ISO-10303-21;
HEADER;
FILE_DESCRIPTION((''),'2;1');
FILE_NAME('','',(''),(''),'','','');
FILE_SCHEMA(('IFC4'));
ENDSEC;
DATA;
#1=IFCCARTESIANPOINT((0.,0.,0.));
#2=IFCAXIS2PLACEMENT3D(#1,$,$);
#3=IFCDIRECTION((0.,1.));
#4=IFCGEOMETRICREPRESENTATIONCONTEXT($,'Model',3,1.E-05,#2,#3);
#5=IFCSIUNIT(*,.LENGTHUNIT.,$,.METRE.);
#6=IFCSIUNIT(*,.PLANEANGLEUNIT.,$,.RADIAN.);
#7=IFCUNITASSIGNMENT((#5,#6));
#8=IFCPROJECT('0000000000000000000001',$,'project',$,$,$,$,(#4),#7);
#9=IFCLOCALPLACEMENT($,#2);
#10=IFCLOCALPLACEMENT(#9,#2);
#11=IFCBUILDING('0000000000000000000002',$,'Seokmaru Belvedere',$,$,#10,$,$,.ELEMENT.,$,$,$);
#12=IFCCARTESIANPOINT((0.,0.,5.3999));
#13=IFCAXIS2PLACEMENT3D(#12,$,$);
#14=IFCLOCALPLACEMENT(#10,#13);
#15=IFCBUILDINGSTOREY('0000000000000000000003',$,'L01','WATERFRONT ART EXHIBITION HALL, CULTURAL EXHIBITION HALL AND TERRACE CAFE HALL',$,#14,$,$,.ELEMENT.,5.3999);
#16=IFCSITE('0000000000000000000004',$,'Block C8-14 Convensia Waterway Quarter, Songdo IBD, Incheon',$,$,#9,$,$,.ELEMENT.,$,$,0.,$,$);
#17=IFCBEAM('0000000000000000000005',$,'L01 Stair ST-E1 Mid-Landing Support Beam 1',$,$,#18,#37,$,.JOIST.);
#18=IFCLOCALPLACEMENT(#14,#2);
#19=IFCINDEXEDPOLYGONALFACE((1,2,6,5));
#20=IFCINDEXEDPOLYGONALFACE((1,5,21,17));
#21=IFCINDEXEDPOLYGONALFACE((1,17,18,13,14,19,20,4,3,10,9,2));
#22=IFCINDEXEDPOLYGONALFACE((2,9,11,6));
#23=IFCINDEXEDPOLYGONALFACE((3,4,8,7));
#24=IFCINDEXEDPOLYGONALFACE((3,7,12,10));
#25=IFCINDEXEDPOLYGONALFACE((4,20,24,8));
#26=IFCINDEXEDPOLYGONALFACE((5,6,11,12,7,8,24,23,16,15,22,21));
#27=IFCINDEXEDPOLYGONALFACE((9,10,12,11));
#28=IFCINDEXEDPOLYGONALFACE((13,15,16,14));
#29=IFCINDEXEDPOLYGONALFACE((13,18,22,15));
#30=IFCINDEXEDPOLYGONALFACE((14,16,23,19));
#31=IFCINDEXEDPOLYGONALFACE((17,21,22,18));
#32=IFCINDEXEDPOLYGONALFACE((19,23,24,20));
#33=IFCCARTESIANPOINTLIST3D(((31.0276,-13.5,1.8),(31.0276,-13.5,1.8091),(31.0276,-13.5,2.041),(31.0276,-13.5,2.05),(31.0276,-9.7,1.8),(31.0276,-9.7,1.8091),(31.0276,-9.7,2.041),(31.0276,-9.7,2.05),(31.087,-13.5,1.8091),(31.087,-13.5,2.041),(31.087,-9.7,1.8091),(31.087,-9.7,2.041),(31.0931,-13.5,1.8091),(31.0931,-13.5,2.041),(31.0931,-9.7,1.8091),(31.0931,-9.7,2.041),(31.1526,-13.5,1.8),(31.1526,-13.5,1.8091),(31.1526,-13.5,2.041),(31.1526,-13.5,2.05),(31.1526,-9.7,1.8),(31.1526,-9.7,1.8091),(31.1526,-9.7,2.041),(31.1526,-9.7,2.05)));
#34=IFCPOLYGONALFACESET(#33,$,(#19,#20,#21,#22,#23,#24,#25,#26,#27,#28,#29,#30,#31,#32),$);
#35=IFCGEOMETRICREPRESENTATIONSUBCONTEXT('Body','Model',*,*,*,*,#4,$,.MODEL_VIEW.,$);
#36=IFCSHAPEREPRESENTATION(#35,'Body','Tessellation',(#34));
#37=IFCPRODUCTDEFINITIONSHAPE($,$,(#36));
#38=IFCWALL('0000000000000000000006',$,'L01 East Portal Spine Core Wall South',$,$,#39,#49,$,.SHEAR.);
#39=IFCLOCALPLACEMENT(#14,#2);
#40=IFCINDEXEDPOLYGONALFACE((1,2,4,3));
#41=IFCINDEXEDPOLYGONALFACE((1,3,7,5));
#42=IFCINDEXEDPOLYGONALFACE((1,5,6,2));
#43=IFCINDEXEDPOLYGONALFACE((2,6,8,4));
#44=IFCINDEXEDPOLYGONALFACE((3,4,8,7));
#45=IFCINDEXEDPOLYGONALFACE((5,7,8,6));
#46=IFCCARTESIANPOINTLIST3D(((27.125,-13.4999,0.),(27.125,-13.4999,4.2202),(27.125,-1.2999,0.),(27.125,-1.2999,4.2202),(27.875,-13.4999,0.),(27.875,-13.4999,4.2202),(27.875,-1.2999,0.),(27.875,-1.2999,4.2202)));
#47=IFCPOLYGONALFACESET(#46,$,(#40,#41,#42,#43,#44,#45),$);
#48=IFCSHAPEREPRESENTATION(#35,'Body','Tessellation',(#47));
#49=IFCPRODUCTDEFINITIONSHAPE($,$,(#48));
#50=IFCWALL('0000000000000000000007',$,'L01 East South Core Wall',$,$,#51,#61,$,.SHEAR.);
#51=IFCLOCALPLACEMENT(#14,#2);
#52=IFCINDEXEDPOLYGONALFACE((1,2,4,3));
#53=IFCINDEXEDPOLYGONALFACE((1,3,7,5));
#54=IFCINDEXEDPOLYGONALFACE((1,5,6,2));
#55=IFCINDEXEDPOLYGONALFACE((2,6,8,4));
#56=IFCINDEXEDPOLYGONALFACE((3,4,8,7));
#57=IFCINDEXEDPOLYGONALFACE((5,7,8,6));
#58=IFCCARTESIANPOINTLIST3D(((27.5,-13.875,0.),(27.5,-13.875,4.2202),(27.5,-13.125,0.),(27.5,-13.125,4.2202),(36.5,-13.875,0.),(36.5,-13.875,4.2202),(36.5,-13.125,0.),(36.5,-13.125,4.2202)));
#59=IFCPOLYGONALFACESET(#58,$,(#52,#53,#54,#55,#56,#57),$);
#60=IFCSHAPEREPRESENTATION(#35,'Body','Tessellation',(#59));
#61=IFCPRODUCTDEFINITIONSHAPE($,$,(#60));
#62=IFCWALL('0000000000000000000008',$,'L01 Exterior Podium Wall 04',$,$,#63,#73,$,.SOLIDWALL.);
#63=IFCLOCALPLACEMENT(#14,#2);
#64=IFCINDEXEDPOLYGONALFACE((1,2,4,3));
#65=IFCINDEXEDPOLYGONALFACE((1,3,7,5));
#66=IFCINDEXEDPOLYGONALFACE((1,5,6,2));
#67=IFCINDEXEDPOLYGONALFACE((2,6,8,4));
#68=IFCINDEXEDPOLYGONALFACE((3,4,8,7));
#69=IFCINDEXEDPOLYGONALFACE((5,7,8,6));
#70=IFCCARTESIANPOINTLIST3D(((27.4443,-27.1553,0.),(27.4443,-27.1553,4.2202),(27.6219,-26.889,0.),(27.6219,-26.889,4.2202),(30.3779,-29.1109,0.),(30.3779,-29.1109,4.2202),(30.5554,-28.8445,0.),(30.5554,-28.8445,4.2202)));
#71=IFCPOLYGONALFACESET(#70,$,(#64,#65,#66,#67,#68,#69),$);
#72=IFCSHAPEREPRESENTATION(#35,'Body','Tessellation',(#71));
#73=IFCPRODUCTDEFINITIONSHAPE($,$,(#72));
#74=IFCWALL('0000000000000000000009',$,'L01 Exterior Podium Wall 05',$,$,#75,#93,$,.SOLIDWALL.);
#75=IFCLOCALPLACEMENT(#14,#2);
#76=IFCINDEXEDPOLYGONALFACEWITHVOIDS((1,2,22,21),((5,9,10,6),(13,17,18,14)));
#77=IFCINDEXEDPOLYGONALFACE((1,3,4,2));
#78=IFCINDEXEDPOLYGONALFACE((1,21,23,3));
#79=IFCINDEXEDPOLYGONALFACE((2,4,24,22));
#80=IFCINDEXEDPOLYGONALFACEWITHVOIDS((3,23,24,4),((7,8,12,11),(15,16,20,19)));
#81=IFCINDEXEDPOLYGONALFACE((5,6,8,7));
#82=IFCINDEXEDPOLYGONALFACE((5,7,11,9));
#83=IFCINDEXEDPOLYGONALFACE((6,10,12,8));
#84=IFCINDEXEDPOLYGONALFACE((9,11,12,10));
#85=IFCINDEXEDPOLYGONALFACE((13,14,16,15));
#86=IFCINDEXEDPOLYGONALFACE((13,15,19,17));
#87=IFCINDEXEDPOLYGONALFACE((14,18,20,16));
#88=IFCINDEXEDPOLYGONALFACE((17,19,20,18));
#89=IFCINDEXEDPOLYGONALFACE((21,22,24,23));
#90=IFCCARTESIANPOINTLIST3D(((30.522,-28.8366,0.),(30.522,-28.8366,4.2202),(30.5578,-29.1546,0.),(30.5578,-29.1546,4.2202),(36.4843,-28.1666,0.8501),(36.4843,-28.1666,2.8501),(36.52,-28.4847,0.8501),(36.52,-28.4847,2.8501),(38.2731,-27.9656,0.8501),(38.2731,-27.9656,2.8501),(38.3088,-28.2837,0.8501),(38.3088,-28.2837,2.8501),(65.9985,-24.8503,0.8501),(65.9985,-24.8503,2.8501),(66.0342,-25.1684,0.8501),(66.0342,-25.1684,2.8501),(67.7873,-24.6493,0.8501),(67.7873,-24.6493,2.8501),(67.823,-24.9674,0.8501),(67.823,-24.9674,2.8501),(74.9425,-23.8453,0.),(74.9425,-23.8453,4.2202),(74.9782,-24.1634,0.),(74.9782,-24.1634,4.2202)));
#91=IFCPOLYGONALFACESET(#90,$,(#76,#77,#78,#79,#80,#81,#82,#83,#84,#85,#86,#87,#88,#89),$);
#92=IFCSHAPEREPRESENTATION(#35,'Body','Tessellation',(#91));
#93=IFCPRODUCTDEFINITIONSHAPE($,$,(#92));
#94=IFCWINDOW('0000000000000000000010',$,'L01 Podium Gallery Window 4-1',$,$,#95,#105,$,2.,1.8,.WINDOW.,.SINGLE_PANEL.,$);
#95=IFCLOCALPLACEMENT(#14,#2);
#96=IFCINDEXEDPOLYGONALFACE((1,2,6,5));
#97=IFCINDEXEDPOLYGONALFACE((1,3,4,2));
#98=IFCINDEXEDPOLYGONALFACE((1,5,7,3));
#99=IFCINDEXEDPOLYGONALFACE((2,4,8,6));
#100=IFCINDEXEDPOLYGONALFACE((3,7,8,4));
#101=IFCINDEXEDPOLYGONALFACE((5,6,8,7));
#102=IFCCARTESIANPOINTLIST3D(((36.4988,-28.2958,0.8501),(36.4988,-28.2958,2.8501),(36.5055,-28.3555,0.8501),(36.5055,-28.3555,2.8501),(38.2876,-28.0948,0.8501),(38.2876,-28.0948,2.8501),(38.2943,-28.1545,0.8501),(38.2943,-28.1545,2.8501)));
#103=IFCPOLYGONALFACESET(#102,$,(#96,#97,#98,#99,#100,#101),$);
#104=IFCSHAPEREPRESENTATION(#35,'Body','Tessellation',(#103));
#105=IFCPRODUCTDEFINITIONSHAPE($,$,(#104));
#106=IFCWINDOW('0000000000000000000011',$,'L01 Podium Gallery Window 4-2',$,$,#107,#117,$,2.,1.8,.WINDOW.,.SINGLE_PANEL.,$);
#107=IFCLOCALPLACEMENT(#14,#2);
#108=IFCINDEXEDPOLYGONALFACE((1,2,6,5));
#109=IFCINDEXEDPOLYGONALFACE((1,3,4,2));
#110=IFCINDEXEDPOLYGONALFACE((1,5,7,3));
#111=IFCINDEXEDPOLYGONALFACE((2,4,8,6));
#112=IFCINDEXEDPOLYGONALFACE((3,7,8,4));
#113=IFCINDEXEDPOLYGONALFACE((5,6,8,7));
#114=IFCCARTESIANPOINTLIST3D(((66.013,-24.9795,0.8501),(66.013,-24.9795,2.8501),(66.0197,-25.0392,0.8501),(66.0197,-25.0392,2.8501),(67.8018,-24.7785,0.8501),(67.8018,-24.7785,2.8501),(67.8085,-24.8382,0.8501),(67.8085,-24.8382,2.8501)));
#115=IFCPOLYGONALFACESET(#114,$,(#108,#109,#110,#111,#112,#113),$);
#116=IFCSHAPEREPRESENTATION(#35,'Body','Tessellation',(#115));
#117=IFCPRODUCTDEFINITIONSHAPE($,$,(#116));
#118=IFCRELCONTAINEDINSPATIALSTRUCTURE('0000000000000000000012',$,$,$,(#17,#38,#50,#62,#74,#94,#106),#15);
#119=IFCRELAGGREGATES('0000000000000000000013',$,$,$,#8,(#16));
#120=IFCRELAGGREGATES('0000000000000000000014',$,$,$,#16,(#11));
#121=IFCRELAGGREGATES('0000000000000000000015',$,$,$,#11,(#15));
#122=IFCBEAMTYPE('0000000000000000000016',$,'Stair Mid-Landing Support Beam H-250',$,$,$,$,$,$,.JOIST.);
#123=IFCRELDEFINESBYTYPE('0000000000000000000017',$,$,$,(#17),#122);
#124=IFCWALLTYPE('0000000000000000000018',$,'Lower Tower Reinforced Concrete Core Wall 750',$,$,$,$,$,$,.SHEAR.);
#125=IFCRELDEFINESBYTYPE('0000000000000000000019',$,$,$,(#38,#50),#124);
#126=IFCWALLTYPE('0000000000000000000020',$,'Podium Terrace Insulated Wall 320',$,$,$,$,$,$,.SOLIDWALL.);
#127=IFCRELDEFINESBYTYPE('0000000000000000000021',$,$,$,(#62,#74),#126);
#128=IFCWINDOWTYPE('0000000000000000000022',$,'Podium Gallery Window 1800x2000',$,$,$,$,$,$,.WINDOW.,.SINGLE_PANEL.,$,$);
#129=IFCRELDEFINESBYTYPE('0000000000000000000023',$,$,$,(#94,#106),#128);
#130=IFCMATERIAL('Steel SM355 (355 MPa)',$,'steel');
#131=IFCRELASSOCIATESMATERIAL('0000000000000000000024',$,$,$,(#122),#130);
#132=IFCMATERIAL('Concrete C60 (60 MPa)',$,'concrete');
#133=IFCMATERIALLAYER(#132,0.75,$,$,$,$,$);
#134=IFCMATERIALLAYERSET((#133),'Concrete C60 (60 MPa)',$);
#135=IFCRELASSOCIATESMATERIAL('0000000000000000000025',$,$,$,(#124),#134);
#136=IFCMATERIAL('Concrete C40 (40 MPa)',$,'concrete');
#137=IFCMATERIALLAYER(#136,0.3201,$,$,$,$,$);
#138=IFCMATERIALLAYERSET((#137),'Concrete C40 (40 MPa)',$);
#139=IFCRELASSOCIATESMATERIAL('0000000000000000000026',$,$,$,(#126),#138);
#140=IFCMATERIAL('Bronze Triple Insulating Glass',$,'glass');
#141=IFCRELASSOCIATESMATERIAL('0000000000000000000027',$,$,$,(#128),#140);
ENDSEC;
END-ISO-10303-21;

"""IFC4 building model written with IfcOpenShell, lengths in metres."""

from ifc_helpers import new_model, si_unit, direction, frame, frame_2d, origin, origin_2d, place, context, subcontext, project, spatial, rectangle, i_section, extrude, source, transform, mapped, material, layer, layer_set, material_profile, profile_set, type_object, type_shapes, element, fill, save


model = new_model("IFC4")

# Units and contexts
model_context = context("Model", 3, precision=1e-05, world=origin(), true_north=direction((0.0, 1.0)))
body_context = subcontext(model_context, "Body", "Model", "MODEL_VIEW")
ifc_project = project(units=[si_unit("LENGTHUNIT", "METRE"), si_unit("PLANEANGLEUNIT", "RADIAN")], contexts=[model_context])

# Site, building, storey
site_placement = place(None, origin())
site = spatial("IfcSite", under=ifc_project, at=site_placement, Name="Block C8-14 Convensia Waterway Quarter, Songdo IBD, Incheon", CompositionType="ELEMENT", RefElevation=0.0)
building_placement = place(site_placement, origin())
building = spatial("IfcBuilding", under=site, at=building_placement, Name="Seokmaru Belvedere", CompositionType="ELEMENT")
storey_placement = place(building_placement, frame((0.0, 0.0, 5.3999)))
storey = spatial("IfcBuildingStorey", under=building, at=storey_placement, Name="L01", Description="WATERFRONT ART EXHIBITION HALL, CULTURAL EXHIBITION HALL AND TERRACE CAFE HALL", CompositionType="ELEMENT", Elevation=5.3999)

# Shared definitions
ifc_material_1 = material(Name="Steel SM355 (355 MPa)", Category="steel")

# Beam
ifc_material_profile_1 = material_profile(ifc_material_1, i_section(OverallWidth=0.125, OverallDepth=0.25, WebThickness=0.0061, FlangeThickness=0.009, at=origin_2d()), Name="H-250x125x6x9")
ifc_profile_set_1 = profile_set([ifc_material_profile_1], Name="Steel SM355 (355 MPa)")
beam_type_1 = type_object("IfcBeamType", Name="Stair Mid-Landing Support Beam H-250", PredefinedType="JOIST", material=ifc_profile_set_1)
shared_shape_1 = source(origin(), body_context, "Body", "SweptSolid", [
    extrude(i_section(OverallWidth=0.125, OverallDepth=0.25, WebThickness=0.0061, FlangeThickness=0.009, at=origin_2d()), origin(), (0.0, 0.0, 1.0), 3.8),
])
type_shapes(beam_type_1, [shared_shape_1])
beam_1_placement = place(storey_placement, frame((31.0901, -13.5, 1.925), z_axis=(0.0, 1.0, 0.0), x_axis=(-1.0, 0.0, 0.0)))
element("IfcBeam", 1, at=beam_1_placement, inside=storey, type_object=beam_type_1, Name="L01 Stair ST-E1 Mid-Landing Support Beam 1", PredefinedType="JOIST", context=body_context, shape_type="MappedRepresentation", body=[
    mapped(shared_shape_1, transform((0.0, 0.0, 0.0), scale=1.0)),
])

# Walls
ifc_material_2 = material(Name="Concrete C60 (60 MPa)", Category="concrete")
ifc_layer_1 = layer(ifc_material_2, 0.75)
ifc_layer_set_1 = layer_set([ifc_layer_1], Name="Concrete C60 (60 MPa)")
wall_type_1 = type_object("IfcWallType", Name="Lower Tower Reinforced Concrete Core Wall 750", PredefinedType="SHEAR", material=ifc_layer_set_1)
wall_1_placement = place(storey_placement, frame((27.5, -13.5, 0.0), z_axis=(0.0, 0.0, 1.0), x_axis=(0.0, 1.0, 0.0)))
element("IfcWall", 2, at=wall_1_placement, inside=storey, type_object=wall_type_1, Name="L01 East Portal Spine Core Wall South", PredefinedType="SHEAR", context=body_context, shape_type="SweptSolid", body=[
    extrude(rectangle(XDim=12.2, YDim=0.75, at=frame_2d((6.1001, 0.0))), origin(), (0.0, 0.0, 1.0), 4.2202),
])
wall_2_placement = place(storey_placement, frame((27.5, -13.5, 0.0), z_axis=(0.0, 0.0, 1.0), x_axis=(1.0, 0.0, 0.0)))
element("IfcWall", 3, at=wall_2_placement, inside=storey, type_object=wall_type_1, Name="L01 East South Core Wall", PredefinedType="SHEAR", context=body_context, shape_type="SweptSolid", body=[
    extrude(rectangle(XDim=9.0, YDim=0.75, at=frame_2d((4.5, 0.0))), origin(), (0.0, 0.0, 1.0), 4.2202),
])
ifc_material_3 = material(Name="Concrete C40 (40 MPa)", Category="concrete")
ifc_layer_2 = layer(ifc_material_3, 0.3201)
ifc_layer_set_2 = layer_set([ifc_layer_2], Name="Concrete C40 (40 MPa)")
wall_type_2 = type_object("IfcWallType", Name="Podium Terrace Insulated Wall 320", PredefinedType="SOLIDWALL", material=ifc_layer_set_2)
wall_3_placement = place(storey_placement, frame((27.5332, -27.0222, 0.0), z_axis=(0.0, 0.0, 1.0), x_axis=(0.832072, -0.554668, 0.0)))
element("IfcWall", 4, at=wall_3_placement, inside=storey, type_object=wall_type_2, Name="L01 Exterior Podium Wall 04", PredefinedType="SOLIDWALL", context=body_context, shape_type="SweptSolid", body=[
    extrude(rectangle(XDim=3.5256, YDim=0.3201, at=frame_2d((1.7627, 0.0))), origin(), (0.0, 0.0, 1.0), 4.2202),
])

# Wall, openings, windows
wall_4_placement = place(storey_placement, frame((30.5398, -28.9956, 0.0), z_axis=(0.0, 0.0, 1.0), x_axis=(0.993746, 0.11166, 0.0)))
wall_4 = element("IfcWall", 5, at=wall_4_placement, inside=storey, type_object=wall_type_2, Name="L01 Exterior Podium Wall 05", PredefinedType="SOLIDWALL", context=body_context, shape_type="SweptSolid", body=[
    extrude(rectangle(XDim=44.7, YDim=0.3201, at=frame_2d((22.3501, 0.0))), origin(), (0.0, 0.0, 1.0), 4.2202),
])
opening_1_placement = place(wall_4_placement, frame((6.0, 0.0, 0.8501)))
opening_1 = element("IfcOpeningElement", 6, at=opening_1_placement, cuts=wall_4, PredefinedType="OPENING", context=body_context, shape_type="SweptSolid", body=[
    extrude(rectangle(XDim=1.8, YDim=2.0, at=frame_2d((0.8999, 1.0))), frame((0.0, 0.1699, 0.0), z_axis=(0.0, -1.0, 0.0), x_axis=(1.0, 0.0, 0.0)), (0.0, 0.0, 1.0), 0.3401),
])
opening_2_placement = place(wall_4_placement, frame((35.7, 0.0, 0.8501)))
opening_2 = element("IfcOpeningElement", 7, at=opening_2_placement, cuts=wall_4, PredefinedType="OPENING", context=body_context, shape_type="SweptSolid", body=[
    extrude(rectangle(XDim=1.8, YDim=2.0, at=frame_2d((0.8999, 1.0))), frame((0.0, 0.1699, 0.0), z_axis=(0.0, -1.0, 0.0), x_axis=(1.0, 0.0, 0.0)), (0.0, 0.0, 1.0), 0.3401),
])
ifc_material_4 = material(Name="Bronze Triple Insulating Glass", Category="glass")
window_type = type_object("IfcWindowType", Name="Podium Gallery Window 1800x2000", PartitioningType="SINGLE_PANEL", PredefinedType="WINDOW", material=ifc_material_4)
shared_shape_2 = source(origin(), body_context, "Body", "SweptSolid", [
    extrude(rectangle(XDim=1.8, YDim=2.0, at=frame_2d((0.8999, 1.0))), frame((0.0, 0.03, 0.0), z_axis=(0.0, -1.0, 0.0), x_axis=(1.0, 0.0, 0.0)), (0.0, 0.0, 1.0), 0.0601),
])
type_shapes(window_type, [shared_shape_2])
window_1_placement = place(opening_1_placement, origin())
window_1 = element("IfcWindow", 8, at=window_1_placement, inside=storey, type_object=window_type, Name="L01 Podium Gallery Window 4-1", OverallHeight=2.0, OverallWidth=1.8, PartitioningType="SINGLE_PANEL", PredefinedType="WINDOW", context=body_context, shape_type="MappedRepresentation", body=[
    mapped(shared_shape_2, transform((0.0, 0.0, 0.0), scale=1.0)),
])
fill(opening_1, window_1)
window_2_placement = place(opening_2_placement, origin())
window_2 = element("IfcWindow", 9, at=window_2_placement, inside=storey, type_object=window_type, Name="L01 Podium Gallery Window 4-2", OverallHeight=2.0, OverallWidth=1.8, PartitioningType="SINGLE_PANEL", PredefinedType="WINDOW", context=body_context, shape_type="MappedRepresentation", body=[
    mapped(shared_shape_2, transform((0.0, 0.0, 0.0), scale=1.0)),
])
fill(opening_2, window_2)

save(model, "model.ifc")
